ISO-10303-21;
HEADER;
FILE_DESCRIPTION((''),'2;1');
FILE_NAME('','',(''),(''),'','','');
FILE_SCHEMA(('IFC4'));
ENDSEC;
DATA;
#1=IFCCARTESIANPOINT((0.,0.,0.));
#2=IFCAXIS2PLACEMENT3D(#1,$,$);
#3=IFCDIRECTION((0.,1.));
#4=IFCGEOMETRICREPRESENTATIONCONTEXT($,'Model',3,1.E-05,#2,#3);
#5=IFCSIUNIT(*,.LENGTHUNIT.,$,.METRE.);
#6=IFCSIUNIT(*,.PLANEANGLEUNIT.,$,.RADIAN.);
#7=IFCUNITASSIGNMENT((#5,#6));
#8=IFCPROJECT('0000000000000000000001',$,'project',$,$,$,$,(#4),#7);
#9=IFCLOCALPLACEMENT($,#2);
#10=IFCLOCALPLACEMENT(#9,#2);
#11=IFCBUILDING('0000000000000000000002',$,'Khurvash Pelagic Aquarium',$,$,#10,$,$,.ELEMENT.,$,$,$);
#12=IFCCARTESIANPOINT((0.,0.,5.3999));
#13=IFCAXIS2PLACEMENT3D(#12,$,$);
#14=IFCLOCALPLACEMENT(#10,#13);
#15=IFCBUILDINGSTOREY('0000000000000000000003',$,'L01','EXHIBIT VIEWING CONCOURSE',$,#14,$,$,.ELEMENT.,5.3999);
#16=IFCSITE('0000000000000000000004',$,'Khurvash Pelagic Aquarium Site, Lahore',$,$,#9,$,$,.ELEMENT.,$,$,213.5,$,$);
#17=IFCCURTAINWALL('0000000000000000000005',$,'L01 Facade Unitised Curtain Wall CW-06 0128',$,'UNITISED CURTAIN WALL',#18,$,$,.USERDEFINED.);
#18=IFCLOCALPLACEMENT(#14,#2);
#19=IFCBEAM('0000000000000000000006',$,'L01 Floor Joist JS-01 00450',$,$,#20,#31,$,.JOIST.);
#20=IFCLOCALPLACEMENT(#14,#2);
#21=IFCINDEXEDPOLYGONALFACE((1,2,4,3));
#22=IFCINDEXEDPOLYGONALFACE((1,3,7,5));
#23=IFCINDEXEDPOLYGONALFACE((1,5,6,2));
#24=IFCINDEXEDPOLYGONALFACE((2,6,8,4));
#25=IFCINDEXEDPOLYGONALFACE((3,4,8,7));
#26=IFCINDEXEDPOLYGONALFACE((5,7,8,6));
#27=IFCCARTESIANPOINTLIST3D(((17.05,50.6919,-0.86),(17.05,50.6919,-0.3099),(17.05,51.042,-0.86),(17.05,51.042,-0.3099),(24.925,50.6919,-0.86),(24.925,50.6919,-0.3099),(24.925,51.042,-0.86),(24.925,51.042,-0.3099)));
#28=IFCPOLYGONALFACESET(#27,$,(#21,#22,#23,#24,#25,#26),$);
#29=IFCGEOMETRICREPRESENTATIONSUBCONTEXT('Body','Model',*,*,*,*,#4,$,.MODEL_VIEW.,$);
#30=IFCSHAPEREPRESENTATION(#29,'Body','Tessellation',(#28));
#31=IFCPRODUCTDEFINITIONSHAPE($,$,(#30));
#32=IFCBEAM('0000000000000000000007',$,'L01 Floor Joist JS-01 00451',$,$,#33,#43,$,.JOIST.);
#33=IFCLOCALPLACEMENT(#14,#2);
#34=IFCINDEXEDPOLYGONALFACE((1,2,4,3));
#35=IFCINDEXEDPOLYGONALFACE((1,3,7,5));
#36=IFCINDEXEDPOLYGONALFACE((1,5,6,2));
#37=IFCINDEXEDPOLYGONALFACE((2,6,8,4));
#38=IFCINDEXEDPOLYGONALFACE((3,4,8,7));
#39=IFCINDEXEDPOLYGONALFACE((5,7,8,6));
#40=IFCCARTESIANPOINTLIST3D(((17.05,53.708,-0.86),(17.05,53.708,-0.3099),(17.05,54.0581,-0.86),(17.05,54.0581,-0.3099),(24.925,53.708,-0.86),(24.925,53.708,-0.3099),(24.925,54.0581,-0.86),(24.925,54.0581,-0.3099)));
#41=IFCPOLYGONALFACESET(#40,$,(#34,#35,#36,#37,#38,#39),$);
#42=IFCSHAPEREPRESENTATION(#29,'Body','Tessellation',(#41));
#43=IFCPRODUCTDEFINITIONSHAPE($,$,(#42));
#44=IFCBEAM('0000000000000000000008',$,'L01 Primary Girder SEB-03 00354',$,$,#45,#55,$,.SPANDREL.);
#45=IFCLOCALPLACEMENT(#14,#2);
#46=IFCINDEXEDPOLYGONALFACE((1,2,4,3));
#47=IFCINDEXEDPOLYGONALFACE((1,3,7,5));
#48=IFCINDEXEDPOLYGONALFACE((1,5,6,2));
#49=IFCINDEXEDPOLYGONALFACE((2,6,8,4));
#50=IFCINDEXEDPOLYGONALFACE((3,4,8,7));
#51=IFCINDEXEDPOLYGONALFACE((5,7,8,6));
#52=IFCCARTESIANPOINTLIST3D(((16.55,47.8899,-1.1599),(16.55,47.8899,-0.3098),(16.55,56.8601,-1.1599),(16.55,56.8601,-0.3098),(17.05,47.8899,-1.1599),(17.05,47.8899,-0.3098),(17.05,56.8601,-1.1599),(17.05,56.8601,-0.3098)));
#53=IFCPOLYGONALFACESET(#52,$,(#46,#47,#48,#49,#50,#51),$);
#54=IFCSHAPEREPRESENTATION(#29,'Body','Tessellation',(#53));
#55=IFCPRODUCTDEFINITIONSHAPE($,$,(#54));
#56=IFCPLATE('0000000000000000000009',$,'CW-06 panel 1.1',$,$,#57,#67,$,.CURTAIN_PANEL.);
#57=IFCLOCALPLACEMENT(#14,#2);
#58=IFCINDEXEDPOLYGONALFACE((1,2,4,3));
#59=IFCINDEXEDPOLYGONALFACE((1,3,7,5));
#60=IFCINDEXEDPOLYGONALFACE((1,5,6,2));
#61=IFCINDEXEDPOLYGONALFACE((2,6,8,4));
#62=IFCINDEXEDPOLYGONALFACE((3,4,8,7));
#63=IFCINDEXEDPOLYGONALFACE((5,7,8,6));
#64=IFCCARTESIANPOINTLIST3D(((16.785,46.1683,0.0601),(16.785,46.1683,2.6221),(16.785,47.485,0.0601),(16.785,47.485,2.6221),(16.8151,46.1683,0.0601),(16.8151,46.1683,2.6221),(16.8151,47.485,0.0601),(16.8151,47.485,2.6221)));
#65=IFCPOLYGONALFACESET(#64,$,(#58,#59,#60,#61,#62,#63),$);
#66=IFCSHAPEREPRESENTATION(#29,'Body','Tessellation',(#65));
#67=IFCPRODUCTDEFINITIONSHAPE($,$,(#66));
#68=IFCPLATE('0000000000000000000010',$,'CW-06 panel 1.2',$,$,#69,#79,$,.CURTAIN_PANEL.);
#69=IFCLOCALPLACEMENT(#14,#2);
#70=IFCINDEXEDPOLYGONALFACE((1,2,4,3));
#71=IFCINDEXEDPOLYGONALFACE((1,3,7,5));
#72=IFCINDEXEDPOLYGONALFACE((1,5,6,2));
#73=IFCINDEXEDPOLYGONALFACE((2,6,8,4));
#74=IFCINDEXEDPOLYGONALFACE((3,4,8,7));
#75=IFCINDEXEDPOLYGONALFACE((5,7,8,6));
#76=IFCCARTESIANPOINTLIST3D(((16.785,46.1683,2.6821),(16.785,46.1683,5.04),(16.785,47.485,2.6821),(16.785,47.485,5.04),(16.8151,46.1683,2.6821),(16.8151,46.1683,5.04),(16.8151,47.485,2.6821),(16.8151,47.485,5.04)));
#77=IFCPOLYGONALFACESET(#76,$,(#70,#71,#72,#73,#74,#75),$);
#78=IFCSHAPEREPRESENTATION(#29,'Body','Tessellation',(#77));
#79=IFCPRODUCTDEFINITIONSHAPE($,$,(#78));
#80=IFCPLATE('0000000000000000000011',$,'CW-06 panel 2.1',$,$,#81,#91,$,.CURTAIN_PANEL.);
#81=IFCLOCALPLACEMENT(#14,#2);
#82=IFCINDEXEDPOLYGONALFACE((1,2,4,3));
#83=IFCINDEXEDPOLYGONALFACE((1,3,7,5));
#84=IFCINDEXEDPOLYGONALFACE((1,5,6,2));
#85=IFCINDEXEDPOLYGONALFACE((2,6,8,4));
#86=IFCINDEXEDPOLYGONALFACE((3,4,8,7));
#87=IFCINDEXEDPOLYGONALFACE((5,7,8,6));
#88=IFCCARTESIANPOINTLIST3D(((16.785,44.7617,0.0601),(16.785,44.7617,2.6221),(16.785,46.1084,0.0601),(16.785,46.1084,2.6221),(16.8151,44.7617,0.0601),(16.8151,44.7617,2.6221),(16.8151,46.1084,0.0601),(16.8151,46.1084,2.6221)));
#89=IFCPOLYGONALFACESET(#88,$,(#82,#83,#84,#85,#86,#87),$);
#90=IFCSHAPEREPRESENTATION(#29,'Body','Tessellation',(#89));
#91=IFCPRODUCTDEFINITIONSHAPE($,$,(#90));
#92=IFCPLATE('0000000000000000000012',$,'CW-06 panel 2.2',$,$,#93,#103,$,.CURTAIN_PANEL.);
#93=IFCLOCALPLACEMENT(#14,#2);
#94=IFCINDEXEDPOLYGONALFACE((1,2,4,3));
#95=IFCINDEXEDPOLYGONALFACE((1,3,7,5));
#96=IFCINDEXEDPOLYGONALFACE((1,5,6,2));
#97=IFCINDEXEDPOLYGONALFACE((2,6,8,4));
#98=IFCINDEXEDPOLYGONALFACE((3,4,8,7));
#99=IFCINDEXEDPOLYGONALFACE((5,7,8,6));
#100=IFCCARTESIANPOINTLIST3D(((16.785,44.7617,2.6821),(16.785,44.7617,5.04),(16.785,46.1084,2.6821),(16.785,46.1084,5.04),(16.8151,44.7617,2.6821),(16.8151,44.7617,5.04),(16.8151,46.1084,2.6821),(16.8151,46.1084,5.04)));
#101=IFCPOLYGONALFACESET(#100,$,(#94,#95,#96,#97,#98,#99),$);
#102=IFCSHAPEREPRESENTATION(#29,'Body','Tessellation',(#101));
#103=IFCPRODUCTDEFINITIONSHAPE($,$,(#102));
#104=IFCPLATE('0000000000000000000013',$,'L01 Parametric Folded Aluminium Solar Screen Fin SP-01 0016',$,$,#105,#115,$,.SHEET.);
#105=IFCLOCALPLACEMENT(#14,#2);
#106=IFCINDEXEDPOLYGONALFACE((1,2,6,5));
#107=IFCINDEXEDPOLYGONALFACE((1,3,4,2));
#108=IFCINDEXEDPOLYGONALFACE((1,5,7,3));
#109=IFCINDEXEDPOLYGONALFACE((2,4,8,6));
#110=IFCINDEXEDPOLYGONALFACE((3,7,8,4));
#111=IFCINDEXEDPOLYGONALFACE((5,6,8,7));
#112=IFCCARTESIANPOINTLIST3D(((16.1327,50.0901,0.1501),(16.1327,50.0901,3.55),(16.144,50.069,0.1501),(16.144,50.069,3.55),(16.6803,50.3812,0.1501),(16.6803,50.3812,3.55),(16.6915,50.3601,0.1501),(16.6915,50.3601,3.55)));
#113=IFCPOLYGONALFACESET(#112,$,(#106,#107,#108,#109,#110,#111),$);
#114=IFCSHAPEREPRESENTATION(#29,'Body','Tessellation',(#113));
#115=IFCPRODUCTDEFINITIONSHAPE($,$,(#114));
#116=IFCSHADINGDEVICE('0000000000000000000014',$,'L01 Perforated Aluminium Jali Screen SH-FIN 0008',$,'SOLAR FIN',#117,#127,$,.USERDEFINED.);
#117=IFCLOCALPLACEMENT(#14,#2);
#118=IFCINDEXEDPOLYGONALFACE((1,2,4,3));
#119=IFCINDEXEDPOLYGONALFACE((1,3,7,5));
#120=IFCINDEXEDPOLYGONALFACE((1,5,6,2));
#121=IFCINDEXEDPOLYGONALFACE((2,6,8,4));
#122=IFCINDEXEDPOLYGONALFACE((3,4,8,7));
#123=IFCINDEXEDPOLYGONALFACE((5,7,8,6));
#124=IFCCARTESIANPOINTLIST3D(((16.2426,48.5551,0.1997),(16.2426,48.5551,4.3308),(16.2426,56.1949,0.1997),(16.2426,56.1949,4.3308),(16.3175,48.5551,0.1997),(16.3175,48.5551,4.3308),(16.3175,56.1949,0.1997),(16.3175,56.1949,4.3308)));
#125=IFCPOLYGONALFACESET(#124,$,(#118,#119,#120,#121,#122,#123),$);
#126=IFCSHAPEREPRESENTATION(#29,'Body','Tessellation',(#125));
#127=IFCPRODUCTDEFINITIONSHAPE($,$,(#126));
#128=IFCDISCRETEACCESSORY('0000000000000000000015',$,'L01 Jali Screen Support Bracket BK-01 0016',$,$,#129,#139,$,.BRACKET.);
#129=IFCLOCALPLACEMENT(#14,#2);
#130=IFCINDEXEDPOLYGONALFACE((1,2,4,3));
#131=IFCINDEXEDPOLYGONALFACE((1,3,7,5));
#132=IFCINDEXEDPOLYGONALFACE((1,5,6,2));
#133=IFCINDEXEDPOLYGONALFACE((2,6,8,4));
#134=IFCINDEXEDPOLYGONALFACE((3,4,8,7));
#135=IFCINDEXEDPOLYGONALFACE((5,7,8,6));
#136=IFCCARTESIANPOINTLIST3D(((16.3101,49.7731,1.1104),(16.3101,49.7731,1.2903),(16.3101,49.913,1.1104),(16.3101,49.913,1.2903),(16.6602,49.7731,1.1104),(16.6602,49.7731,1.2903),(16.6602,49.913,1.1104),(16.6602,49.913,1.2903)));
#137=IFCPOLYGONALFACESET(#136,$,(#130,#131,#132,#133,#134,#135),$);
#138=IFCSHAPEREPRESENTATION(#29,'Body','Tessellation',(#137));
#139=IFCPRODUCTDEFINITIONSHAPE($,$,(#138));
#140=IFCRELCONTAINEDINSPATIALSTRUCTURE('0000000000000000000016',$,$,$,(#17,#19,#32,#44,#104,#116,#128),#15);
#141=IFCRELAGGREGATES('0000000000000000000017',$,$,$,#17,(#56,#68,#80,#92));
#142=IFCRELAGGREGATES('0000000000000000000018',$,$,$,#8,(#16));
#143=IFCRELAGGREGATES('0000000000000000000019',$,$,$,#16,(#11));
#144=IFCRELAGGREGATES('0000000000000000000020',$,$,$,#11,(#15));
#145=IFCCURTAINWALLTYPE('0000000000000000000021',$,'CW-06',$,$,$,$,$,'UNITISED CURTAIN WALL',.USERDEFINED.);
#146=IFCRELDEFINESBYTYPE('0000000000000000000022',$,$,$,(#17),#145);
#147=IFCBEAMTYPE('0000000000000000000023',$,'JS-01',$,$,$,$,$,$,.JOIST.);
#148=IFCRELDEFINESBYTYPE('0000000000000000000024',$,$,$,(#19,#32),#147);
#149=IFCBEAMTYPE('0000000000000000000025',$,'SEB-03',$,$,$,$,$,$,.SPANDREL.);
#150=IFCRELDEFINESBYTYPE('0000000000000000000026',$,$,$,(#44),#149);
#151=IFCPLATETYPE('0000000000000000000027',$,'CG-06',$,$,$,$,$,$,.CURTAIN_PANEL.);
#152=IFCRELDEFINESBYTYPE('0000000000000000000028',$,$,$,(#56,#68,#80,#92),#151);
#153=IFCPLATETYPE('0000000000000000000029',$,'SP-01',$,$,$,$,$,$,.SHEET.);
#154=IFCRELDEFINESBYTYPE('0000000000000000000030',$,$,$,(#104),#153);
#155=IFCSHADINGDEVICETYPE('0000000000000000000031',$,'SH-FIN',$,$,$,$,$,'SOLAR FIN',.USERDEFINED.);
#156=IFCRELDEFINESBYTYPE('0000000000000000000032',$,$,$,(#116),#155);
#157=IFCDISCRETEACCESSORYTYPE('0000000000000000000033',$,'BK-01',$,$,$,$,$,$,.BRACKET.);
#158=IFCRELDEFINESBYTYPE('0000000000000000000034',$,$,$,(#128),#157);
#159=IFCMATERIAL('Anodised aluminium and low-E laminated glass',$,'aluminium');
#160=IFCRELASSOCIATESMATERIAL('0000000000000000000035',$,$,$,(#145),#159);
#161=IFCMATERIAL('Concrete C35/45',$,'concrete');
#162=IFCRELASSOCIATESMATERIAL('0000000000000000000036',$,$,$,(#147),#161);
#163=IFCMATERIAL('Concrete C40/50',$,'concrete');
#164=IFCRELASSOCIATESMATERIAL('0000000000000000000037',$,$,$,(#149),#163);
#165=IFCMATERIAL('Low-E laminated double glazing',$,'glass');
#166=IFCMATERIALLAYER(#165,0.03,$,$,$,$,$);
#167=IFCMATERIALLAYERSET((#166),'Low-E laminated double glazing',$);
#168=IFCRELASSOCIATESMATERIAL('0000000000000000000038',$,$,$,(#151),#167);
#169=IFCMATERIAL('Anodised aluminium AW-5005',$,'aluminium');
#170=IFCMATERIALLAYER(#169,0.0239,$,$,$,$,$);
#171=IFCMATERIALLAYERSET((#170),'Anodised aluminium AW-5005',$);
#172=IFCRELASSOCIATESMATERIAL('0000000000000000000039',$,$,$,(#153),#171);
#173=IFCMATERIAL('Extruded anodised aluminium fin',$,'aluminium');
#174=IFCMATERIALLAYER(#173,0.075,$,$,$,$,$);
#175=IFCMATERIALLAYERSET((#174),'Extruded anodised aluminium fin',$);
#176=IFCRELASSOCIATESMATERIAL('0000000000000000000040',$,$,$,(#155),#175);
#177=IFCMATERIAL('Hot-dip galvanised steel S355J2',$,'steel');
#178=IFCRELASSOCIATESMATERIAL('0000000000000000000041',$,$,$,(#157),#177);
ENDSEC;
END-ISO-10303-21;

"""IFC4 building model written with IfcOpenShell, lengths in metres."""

from ifc_helpers import new_model, si_unit, direction, frame, origin, origin_2d, place, context, subcontext, project, spatial, rectangle, extrude, material, layer, layer_set, material_profile, profile_set, type_object, element, aggregate, save


model = new_model("IFC4")

# Units and contexts
model_context = context("Model", 3, precision=1e-05, world=origin(), true_north=direction((0.0, 1.0)))
body_context = subcontext(model_context, "Body", "Model", "MODEL_VIEW")
ifc_project = project(units=[si_unit("LENGTHUNIT", "METRE"), si_unit("PLANEANGLEUNIT", "RADIAN")], contexts=[model_context])

# Site, building, storey
site_placement = place(None, origin())
site = spatial("IfcSite", under=ifc_project, at=site_placement, Name="Khurvash Pelagic Aquarium Site, Lahore", CompositionType="ELEMENT", RefElevation=213.5)
building_placement = place(site_placement, origin())
building = spatial("IfcBuilding", under=site, at=building_placement, Name="Khurvash Pelagic Aquarium", CompositionType="ELEMENT")
storey_placement = place(building_placement, frame((0.0, 0.0, 5.3999)))
storey = spatial("IfcBuildingStorey", under=building, at=storey_placement, Name="L01", Description="EXHIBIT VIEWING CONCOURSE", CompositionType="ELEMENT", Elevation=5.3999)

# Shared definitions
ifc_material_1 = material(Name="Concrete C40/50", Category="concrete")

# Curtain wall
ifc_material_2 = material(Name="Anodised aluminium and low-E laminated glass", Category="aluminium")
curtain_wall_type = type_object("IfcCurtainWallType", Name="CW-06", ElementType="UNITISED CURTAIN WALL", PredefinedType="USERDEFINED", material=ifc_material_2)
curtain_wall_placement = place(storey_placement, origin())
curtain_wall = element("IfcCurtainWall", 1, at=curtain_wall_placement, inside=storey, type_object=curtain_wall_type, Name="L01 Facade Unitised Curtain Wall CW-06 0128", ObjectType="UNITISED CURTAIN WALL", PredefinedType="USERDEFINED")

# Beams
ifc_material_3 = material(Name="Concrete C35/45", Category="concrete")
ifc_material_profile_1 = material_profile(ifc_material_3, rectangle(XDim=0.3501, YDim=0.55, at=origin_2d()), Name="RC350X550")
ifc_profile_set_1 = profile_set([ifc_material_profile_1], Name="Concrete C35/45")
beam_type_1 = type_object("IfcBeamType", Name="JS-01", PredefinedType="JOIST", material=ifc_profile_set_1)
for number, where, z_axis, x_axis, name in (
    (2, (17.05, 50.8669, -0.585), (1.0, 0.0, 0.0), (0.0, 1.0, 0.0), "L01 Floor Joist JS-01 00450"),
    (3, (17.05, 53.8831, -0.585), (1.0, 0.0, 0.0), (0.0, 1.0, 0.0), "L01 Floor Joist JS-01 00451"),
):
    element("IfcBeam", number, at=place(storey_placement, frame(where, z_axis=z_axis, x_axis=x_axis)), inside=storey, type_object=beam_type_1, Name=name, PredefinedType="JOIST", context=body_context, shape_type="SweptSolid", body=[
        extrude(rectangle(XDim=0.3501, YDim=0.55, at=origin_2d()), origin(), (0.0, 0.0, 1.0), 7.875),
    ])
ifc_material_profile_2 = material_profile(ifc_material_1, rectangle(XDim=0.5, YDim=0.8501, at=origin_2d()), Name="RC500X850")
ifc_profile_set_2 = profile_set([ifc_material_profile_2], Name="Concrete C40/50")
beam_type_2 = type_object("IfcBeamType", Name="SEB-03", PredefinedType="SPANDREL", material=ifc_profile_set_2)
beam_1_placement = place(storey_placement, frame((16.8, 47.8899, -0.7349), z_axis=(0.0, 1.0, 0.0), x_axis=(-1.0, 0.0, 0.0)))
element("IfcBeam", 4, at=beam_1_placement, inside=storey, type_object=beam_type_2, Name="L01 Primary Girder SEB-03 00354", PredefinedType="SPANDREL", context=body_context, shape_type="SweptSolid", body=[
    extrude(rectangle(XDim=0.5, YDim=0.8501, at=origin_2d()), origin(), (0.0, 0.0, 1.0), 8.9702),
])

# Plates
ifc_material_4 = material(Name="Low-E laminated double glazing", Category="glass")
ifc_layer_1 = layer(ifc_material_4, 0.03)
ifc_layer_set_1 = layer_set([ifc_layer_1], Name="Low-E laminated double glazing")
plate_type_1 = type_object("IfcPlateType", Name="CG-06", PredefinedType="CURTAIN_PANEL", material=ifc_layer_set_1)
plate_1_placement = place(storey_placement, frame((16.8, 46.8267, 0.0601), z_axis=(0.0, 0.0, 1.0), x_axis=(0.0, -1.0, 0.0)))
plate_1 = element("IfcPlate", 5, at=plate_1_placement, type_object=plate_type_1, Name="CW-06 panel 1.1", PredefinedType="CURTAIN_PANEL", context=body_context, shape_type="SweptSolid", body=[
    extrude(rectangle(XDim=1.3167, YDim=0.03, at=origin_2d()), origin(), (0.0, 0.0, 1.0), 2.562),
])
plate_2_placement = place(storey_placement, frame((16.8, 46.8267, 2.6821), z_axis=(0.0, 0.0, 1.0), x_axis=(0.0, -1.0, 0.0)))
plate_2 = element("IfcPlate", 6, at=plate_2_placement, type_object=plate_type_1, Name="CW-06 panel 1.2", PredefinedType="CURTAIN_PANEL", context=body_context, shape_type="SweptSolid", body=[
    extrude(rectangle(XDim=1.3167, YDim=0.03, at=origin_2d()), origin(), (0.0, 0.0, 1.0), 2.3579),
])
plate_3_placement = place(storey_placement, frame((16.8, 45.4351, 0.0601), z_axis=(0.0, 0.0, 1.0), x_axis=(0.0, -1.0, 0.0)))
plate_3 = element("IfcPlate", 7, at=plate_3_placement, type_object=plate_type_1, Name="CW-06 panel 2.1", PredefinedType="CURTAIN_PANEL", context=body_context, shape_type="SweptSolid", body=[
    extrude(rectangle(XDim=1.3467, YDim=0.03, at=origin_2d()), origin(), (0.0, 0.0, 1.0), 2.562),
])
plate_4_placement = place(storey_placement, frame((16.8, 45.4351, 2.6821), z_axis=(0.0, 0.0, 1.0), x_axis=(0.0, -1.0, 0.0)))
plate_4 = element("IfcPlate", 8, at=plate_4_placement, type_object=plate_type_1, Name="CW-06 panel 2.2", PredefinedType="CURTAIN_PANEL", context=body_context, shape_type="SweptSolid", body=[
    extrude(rectangle(XDim=1.3467, YDim=0.03, at=origin_2d()), origin(), (0.0, 0.0, 1.0), 2.3579),
])
aggregate(curtain_wall, [plate_1, plate_2, plate_3, plate_4])
ifc_material_5 = material(Name="Anodised aluminium AW-5005", Category="aluminium")
ifc_layer_2 = layer(ifc_material_5, 0.0239)
ifc_layer_set_2 = layer_set([ifc_layer_2], Name="Anodised aluminium AW-5005")
plate_type_2 = type_object("IfcPlateType", Name="SP-01", PredefinedType="SHEET", material=ifc_layer_set_2)
plate_5_placement = place(storey_placement, frame((16.4121, 50.2251, 0.1501), z_axis=(0.0, 0.0, 1.0), x_axis=(-0.882948, -0.469472, 0.0)))
element("IfcPlate", 9, at=plate_5_placement, inside=storey, type_object=plate_type_2, Name="L01 Parametric Folded Aluminium Solar Screen Fin SP-01 0016", PredefinedType="SHEET", context=body_context, shape_type="SweptSolid", body=[
    extrude(rectangle(XDim=0.6201, YDim=0.0239, at=origin_2d()), origin(), (0.0, 0.0, 1.0), 3.3999),
])

# Shading device
ifc_material_6 = material(Name="Extruded anodised aluminium fin", Category="aluminium")
ifc_layer_3 = layer(ifc_material_6, 0.075)
ifc_layer_set_3 = layer_set([ifc_layer_3], Name="Extruded anodised aluminium fin")
shading_device_type = type_object("IfcShadingDeviceType", Name="SH-FIN", ElementType="SOLAR FIN", PredefinedType="USERDEFINED", material=ifc_layer_set_3)
shading_device_placement = place(storey_placement, frame((16.28, 52.375, 0.1997), z_axis=(0.0, 0.0, 1.0), x_axis=(0.0, -1.0, 0.0)))
element("IfcShadingDevice", 10, at=shading_device_placement, inside=storey, type_object=shading_device_type, Name="L01 Perforated Aluminium Jali Screen SH-FIN 0008", ObjectType="SOLAR FIN", PredefinedType="USERDEFINED", context=body_context, shape_type="SweptSolid", body=[
    extrude(rectangle(XDim=7.6399, YDim=0.075, at=origin_2d()), origin(), (0.0, 0.0, 1.0), 4.1311),
])

# Discrete accessory
ifc_material_7 = material(Name="Hot-dip galvanised steel S355J2", Category="steel")
discrete_accessory_type = type_object("IfcDiscreteAccessoryType", Name="BK-01", PredefinedType="BRACKET", material=ifc_material_7)
discrete_accessory_placement = place(storey_placement, frame((16.4851, 49.843, 1.1104), z_axis=(0.0, 0.0, 1.0), x_axis=(0.0, -1.0, 0.0)))
element("IfcDiscreteAccessory", 11, at=discrete_accessory_placement, inside=storey, type_object=discrete_accessory_type, Name="L01 Jali Screen Support Bracket BK-01 0016", PredefinedType="BRACKET", context=body_context, shape_type="SweptSolid", body=[
    extrude(rectangle(XDim=0.1399, YDim=0.3501, at=origin_2d()), origin(), (0.0, 0.0, 1.0), 0.1799),
])

save(model, "model.ifc")
